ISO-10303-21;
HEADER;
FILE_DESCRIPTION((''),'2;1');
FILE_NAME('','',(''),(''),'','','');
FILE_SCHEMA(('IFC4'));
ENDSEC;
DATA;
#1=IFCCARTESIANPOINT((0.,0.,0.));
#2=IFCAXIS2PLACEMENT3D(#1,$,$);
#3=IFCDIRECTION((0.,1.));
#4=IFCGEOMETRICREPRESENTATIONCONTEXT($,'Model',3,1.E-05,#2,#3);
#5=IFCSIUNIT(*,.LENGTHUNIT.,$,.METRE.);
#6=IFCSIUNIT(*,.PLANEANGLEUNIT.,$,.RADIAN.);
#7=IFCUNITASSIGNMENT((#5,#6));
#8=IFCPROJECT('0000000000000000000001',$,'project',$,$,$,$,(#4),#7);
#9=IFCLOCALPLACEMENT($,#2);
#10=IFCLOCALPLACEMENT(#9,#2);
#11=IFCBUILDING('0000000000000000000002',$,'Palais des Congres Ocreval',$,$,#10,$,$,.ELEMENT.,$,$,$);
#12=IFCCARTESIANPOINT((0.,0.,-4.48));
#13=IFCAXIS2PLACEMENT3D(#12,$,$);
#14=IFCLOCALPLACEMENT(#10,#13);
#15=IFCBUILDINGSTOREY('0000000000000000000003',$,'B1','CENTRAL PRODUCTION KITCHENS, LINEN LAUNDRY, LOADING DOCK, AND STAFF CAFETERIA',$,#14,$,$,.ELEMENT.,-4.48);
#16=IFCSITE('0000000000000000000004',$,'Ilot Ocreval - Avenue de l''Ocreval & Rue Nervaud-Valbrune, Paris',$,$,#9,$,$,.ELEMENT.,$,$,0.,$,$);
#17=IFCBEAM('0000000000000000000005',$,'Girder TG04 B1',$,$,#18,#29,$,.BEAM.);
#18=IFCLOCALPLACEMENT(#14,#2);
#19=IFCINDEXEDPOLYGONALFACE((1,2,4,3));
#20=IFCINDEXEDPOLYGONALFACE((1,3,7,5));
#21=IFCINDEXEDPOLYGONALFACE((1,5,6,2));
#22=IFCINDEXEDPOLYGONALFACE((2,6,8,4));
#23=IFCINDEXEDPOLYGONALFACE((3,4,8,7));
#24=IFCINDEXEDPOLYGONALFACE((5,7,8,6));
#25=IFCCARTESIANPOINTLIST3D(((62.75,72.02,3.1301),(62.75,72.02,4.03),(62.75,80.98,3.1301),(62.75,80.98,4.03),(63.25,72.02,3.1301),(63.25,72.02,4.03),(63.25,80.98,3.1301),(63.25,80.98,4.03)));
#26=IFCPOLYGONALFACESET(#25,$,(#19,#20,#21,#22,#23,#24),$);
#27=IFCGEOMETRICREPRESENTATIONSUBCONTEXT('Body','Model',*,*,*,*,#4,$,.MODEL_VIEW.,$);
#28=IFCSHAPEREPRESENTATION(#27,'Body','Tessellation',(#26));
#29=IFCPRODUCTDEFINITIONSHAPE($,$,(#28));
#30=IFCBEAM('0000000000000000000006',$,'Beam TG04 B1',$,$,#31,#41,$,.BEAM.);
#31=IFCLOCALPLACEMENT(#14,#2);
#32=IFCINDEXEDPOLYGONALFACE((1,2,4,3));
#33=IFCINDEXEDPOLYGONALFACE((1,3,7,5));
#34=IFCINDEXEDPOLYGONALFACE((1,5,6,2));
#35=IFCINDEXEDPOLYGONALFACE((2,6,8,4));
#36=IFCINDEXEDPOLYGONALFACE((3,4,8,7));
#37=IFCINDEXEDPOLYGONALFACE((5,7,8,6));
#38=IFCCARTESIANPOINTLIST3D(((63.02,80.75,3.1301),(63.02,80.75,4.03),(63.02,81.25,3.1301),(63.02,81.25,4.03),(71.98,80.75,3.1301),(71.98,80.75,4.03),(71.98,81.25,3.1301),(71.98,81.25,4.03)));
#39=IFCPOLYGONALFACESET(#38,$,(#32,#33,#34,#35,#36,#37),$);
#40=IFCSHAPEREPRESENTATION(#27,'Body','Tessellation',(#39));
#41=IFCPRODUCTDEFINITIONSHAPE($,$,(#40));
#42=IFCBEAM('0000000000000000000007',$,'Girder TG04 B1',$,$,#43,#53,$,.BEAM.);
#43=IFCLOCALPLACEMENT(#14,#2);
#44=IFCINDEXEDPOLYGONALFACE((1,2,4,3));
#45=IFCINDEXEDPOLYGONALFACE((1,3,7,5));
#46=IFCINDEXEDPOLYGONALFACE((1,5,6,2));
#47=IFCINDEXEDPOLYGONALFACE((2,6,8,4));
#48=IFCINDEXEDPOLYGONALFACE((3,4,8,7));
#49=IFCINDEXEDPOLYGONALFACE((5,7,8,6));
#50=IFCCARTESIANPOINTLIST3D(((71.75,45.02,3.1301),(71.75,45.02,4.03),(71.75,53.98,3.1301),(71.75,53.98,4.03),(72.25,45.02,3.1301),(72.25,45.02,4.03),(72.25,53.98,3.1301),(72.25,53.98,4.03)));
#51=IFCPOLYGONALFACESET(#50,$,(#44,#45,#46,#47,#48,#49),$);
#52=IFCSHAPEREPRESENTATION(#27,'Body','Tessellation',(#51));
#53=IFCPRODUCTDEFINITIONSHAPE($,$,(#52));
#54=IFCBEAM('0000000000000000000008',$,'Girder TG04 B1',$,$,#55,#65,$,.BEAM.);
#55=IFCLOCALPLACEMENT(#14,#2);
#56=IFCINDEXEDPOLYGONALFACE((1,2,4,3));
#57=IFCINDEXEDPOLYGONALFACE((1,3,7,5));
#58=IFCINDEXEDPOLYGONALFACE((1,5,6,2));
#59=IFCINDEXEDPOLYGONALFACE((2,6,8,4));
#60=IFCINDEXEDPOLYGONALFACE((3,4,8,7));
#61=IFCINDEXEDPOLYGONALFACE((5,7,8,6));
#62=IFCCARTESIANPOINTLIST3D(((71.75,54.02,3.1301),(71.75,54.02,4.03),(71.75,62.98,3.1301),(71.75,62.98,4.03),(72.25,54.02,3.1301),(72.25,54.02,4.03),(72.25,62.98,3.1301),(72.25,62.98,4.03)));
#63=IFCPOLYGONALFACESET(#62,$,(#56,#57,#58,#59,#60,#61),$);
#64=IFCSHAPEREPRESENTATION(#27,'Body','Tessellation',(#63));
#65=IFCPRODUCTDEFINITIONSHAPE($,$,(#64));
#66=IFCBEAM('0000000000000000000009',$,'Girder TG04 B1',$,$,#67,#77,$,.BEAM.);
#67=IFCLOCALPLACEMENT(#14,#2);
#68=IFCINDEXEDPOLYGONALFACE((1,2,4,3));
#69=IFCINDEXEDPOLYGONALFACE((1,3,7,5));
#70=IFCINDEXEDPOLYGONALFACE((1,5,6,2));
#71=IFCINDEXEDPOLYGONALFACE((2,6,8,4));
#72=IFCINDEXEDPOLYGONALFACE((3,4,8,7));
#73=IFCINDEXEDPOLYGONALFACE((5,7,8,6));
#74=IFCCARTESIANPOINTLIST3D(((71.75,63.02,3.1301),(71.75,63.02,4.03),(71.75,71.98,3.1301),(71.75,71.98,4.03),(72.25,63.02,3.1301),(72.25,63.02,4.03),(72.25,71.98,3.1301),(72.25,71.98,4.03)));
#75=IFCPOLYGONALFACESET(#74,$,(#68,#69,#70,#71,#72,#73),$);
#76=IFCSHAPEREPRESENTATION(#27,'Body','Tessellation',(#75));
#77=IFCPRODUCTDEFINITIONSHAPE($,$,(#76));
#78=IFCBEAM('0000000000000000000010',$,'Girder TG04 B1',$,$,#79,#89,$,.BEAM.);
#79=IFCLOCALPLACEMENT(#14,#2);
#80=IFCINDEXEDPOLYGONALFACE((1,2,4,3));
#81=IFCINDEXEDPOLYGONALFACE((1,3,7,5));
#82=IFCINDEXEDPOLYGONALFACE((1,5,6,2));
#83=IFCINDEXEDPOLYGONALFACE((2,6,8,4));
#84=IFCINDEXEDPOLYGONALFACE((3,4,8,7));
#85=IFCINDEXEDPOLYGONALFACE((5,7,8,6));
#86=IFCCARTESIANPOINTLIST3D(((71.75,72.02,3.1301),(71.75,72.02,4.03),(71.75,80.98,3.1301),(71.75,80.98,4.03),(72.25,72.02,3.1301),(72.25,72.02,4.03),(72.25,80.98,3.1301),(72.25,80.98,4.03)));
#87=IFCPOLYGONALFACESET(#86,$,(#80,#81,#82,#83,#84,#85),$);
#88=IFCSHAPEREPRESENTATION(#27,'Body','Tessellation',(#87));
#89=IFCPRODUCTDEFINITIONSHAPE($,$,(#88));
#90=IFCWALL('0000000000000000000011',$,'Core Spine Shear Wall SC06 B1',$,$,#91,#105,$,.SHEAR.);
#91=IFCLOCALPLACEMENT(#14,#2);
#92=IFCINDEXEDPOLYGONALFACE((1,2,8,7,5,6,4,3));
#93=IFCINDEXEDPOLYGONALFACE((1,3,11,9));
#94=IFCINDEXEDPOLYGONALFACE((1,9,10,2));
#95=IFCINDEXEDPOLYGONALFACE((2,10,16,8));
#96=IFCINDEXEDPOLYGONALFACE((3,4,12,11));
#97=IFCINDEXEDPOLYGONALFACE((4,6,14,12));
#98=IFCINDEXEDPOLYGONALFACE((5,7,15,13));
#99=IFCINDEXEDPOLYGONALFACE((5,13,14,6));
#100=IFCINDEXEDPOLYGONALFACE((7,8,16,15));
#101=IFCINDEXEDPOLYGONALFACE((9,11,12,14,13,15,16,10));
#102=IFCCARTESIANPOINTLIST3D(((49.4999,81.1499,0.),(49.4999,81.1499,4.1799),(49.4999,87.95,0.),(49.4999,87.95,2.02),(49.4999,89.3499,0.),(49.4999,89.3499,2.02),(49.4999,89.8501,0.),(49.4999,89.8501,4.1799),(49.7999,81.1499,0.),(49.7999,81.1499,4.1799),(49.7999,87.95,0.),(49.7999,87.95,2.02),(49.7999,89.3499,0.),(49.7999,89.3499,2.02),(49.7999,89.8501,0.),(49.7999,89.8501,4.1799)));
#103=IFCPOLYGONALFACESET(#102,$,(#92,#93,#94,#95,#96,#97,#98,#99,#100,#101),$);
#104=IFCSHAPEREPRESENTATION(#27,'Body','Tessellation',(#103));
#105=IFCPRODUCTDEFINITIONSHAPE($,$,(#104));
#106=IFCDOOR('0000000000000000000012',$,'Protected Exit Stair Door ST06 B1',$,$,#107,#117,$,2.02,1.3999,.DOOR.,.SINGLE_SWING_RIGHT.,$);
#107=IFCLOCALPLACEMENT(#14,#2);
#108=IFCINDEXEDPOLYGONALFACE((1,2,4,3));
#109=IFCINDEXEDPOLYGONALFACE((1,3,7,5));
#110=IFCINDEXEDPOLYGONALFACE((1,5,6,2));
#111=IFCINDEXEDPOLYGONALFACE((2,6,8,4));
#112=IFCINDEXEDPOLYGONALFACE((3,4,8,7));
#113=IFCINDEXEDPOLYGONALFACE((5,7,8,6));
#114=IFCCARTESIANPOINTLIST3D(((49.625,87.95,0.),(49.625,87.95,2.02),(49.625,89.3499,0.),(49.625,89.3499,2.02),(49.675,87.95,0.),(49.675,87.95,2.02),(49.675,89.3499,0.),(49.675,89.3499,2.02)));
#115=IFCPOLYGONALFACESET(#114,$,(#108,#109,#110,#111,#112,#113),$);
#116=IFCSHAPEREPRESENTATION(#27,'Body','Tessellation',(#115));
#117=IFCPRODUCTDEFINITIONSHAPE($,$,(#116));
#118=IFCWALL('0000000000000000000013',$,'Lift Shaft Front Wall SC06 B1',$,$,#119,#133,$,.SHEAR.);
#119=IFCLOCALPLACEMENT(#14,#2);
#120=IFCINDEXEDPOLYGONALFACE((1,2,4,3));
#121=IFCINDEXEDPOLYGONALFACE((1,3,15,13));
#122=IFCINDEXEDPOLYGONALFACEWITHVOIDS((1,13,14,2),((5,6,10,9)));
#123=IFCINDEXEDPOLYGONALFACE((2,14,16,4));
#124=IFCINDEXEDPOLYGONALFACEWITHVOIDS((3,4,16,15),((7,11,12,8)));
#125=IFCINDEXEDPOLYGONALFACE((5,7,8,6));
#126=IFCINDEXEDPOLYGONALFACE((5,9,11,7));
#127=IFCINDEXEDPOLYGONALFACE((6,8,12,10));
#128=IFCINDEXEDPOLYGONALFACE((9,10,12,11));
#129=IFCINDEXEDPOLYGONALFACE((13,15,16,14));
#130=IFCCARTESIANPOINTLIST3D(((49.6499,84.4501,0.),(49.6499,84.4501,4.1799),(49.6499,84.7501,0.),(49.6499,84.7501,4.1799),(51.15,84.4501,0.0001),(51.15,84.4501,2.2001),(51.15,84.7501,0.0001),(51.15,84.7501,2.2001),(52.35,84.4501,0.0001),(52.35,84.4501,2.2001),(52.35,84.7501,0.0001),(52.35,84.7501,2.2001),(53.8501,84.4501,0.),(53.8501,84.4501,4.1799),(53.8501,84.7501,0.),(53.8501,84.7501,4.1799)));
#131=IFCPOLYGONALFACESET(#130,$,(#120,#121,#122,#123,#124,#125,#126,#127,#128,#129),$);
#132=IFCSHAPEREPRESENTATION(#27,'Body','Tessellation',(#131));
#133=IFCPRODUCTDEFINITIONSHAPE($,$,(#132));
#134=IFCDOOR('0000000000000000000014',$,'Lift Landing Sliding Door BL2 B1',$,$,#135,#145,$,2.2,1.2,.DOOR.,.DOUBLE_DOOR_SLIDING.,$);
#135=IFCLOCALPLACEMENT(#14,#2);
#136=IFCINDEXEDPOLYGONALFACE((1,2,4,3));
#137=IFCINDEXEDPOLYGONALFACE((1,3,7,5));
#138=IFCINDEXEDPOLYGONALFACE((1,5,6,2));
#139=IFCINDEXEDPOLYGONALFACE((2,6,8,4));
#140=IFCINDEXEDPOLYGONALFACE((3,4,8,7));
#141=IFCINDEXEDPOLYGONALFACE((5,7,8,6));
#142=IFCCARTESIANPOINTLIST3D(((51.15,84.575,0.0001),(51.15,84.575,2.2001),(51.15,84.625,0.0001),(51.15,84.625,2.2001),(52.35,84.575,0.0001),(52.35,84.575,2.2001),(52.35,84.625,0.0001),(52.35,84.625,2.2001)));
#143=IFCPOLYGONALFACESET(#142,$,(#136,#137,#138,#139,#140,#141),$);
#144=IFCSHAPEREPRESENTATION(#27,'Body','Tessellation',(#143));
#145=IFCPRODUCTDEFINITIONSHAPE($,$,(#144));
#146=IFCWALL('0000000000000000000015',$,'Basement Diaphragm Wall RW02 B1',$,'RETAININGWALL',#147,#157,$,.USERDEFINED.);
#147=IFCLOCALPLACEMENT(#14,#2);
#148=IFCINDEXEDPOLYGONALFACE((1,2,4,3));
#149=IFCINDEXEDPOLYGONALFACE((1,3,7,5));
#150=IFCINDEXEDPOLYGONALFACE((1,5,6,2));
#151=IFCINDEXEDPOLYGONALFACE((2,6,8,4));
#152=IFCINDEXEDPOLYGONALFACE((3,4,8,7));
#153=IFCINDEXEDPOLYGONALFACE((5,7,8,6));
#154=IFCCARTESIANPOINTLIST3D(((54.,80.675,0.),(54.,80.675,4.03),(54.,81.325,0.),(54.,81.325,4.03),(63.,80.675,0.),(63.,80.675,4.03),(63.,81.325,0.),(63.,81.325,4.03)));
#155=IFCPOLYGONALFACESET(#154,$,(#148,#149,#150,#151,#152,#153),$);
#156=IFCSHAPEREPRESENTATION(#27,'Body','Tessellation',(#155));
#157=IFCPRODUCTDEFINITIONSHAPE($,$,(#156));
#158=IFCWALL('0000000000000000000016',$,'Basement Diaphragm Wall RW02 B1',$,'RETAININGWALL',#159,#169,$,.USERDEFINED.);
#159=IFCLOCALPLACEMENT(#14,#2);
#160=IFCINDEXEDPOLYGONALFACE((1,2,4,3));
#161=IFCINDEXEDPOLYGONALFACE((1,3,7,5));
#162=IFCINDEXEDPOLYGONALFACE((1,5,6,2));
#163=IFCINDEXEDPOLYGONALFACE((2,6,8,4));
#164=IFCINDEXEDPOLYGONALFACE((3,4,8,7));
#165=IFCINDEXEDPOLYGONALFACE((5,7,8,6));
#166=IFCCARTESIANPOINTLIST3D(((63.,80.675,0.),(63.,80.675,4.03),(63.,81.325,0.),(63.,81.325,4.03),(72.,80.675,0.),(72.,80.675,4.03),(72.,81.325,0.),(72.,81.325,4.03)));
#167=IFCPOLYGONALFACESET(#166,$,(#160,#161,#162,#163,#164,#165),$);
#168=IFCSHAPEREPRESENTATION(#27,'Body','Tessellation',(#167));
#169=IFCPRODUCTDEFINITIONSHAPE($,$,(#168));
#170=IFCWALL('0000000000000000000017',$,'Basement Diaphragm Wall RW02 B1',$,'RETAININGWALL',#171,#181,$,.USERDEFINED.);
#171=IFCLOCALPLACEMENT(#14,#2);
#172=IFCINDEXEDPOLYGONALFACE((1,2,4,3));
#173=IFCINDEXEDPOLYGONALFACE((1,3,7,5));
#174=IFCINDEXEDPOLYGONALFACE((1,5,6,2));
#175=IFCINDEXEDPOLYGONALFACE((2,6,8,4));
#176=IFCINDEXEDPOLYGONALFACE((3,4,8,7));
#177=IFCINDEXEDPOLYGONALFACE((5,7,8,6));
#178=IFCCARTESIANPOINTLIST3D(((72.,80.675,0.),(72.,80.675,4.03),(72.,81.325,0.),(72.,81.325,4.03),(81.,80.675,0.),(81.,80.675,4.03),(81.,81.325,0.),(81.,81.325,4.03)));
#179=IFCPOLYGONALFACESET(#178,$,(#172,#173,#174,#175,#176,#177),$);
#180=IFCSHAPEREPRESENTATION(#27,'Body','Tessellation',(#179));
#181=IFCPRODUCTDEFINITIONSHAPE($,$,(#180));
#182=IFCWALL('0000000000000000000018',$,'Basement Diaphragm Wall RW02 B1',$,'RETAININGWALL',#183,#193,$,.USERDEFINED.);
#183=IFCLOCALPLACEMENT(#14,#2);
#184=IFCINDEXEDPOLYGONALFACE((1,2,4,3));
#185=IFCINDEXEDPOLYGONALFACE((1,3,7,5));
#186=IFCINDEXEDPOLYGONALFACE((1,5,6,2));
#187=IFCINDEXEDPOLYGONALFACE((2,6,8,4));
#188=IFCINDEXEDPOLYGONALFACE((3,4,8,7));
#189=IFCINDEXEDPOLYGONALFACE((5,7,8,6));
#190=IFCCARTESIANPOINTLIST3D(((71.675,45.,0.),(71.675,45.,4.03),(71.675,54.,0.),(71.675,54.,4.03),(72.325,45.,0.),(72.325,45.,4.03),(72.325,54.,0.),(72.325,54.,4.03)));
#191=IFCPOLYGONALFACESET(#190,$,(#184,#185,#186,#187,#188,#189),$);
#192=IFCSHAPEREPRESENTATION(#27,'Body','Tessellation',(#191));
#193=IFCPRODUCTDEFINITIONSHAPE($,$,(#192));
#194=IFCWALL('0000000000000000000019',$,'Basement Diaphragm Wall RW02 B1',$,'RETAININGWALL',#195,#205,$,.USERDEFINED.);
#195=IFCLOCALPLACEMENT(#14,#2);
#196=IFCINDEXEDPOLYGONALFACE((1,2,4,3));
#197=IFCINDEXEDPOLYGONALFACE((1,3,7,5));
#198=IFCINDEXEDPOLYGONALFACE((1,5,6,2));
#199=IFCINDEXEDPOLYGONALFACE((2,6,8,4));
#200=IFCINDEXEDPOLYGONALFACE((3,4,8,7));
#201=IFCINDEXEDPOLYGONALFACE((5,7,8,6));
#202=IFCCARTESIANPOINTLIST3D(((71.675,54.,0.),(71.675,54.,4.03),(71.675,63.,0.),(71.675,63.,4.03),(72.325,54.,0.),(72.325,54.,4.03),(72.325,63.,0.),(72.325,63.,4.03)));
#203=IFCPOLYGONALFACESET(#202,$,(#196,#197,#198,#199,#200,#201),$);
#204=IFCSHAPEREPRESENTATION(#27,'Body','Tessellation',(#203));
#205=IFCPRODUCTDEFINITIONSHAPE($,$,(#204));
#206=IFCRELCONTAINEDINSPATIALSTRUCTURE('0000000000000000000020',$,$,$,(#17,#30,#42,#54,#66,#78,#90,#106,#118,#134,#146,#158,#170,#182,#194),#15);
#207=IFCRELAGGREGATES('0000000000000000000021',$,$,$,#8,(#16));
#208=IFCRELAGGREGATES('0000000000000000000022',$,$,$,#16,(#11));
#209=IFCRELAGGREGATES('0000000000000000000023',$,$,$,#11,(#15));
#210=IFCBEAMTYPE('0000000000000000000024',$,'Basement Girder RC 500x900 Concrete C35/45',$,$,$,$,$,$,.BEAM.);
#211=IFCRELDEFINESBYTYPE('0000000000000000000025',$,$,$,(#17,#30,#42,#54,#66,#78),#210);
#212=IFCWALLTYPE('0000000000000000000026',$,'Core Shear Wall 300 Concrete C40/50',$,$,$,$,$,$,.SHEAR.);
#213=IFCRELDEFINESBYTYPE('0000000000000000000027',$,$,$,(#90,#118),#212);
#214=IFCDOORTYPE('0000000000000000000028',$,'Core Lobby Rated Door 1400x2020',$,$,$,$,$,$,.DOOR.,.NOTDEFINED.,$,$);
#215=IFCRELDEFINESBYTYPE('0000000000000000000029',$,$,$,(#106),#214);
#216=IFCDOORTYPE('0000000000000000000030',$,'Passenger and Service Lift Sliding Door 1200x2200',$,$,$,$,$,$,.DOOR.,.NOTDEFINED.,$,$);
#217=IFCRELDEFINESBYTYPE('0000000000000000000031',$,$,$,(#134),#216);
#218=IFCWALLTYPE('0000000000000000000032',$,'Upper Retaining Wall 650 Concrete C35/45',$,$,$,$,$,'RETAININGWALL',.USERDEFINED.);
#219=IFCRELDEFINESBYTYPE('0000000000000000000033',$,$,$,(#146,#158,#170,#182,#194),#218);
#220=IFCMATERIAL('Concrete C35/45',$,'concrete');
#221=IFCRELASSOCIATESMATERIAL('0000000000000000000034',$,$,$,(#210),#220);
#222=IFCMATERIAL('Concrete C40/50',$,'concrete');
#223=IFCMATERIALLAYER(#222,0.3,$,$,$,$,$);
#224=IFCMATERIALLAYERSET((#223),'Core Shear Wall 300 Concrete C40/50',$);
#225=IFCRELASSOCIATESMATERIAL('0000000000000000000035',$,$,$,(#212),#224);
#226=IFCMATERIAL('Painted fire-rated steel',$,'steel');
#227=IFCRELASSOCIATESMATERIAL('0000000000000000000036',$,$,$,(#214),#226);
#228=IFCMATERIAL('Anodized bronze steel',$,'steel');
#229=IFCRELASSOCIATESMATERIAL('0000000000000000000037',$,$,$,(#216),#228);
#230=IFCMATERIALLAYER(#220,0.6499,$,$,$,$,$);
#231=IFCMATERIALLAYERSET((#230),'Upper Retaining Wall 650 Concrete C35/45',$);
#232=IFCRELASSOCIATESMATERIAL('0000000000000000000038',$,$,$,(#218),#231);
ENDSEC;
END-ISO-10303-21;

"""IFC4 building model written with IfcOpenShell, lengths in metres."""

from ifc_helpers import new_model, si_unit, direction, frame, frame_2d, origin, origin_2d, place, context, subcontext, project, spatial, rectangle, extrude, material, layer, layer_set, material_profile, profile_set, type_object, element, fill, save


model = new_model("IFC4")

# Units and contexts
model_context = context("Model", 3, precision=1e-05, world=origin(), true_north=direction((0.0, 1.0)))
body_context = subcontext(model_context, "Body", "Model", "MODEL_VIEW")
ifc_project = project(units=[si_unit("LENGTHUNIT", "METRE"), si_unit("PLANEANGLEUNIT", "RADIAN")], contexts=[model_context])

# Site, building, storey
site_placement = place(None, origin())
site = spatial("IfcSite", under=ifc_project, at=site_placement, Name="Ilot Ocreval - Avenue de l'Ocreval & Rue Nervaud-Valbrune, Paris", CompositionType="ELEMENT", RefElevation=0.0)
building_placement = place(site_placement, origin())
building = spatial("IfcBuilding", under=site, at=building_placement, Name="Palais des Congres Ocreval", CompositionType="ELEMENT")
storey_placement = place(building_placement, frame((0.0, 0.0, -4.48)))
storey = spatial("IfcBuildingStorey", under=building, at=storey_placement, Name="B1", Description="CENTRAL PRODUCTION KITCHENS, LINEN LAUNDRY, LOADING DOCK, AND STAFF CAFETERIA", CompositionType="ELEMENT", Elevation=-4.48)

# Beams
ifc_material_1 = material(Name="Concrete C35/45", Category="concrete")
ifc_material_profile_1 = material_profile(ifc_material_1, rectangle(XDim=0.5, YDim=0.8999, at=origin_2d()), Name="RC 500x900")
ifc_profile_set_1 = profile_set([ifc_material_profile_1], Name="Concrete C35/45")
beam_type = type_object("IfcBeamType", Name="Basement Girder RC 500x900 Concrete C35/45", PredefinedType="BEAM", material=ifc_profile_set_1)
for number, where, z_axis, x_axis, name in (
    (1, (63.0, 72.02, 3.5801), (0.0, 1.0, 0.0), (-1.0, 0.0, 0.0), "Girder TG04 B1"),
    (2, (63.02, 81.0, 3.5801), (1.0, 0.0, 0.0), (0.0, 1.0, 0.0), "Beam TG04 B1"),
    (3, (72.0, 45.02, 3.5801), (0.0, 1.0, 0.0), (-1.0, 0.0, 0.0), "Girder TG04 B1"),
    (4, (72.0, 54.02, 3.5801), (0.0, 1.0, 0.0), (-1.0, 0.0, 0.0), "Girder TG04 B1"),
    (5, (72.0, 63.02, 3.5801), (0.0, 1.0, 0.0), (-1.0, 0.0, 0.0), "Girder TG04 B1"),
    (6, (72.0, 72.02, 3.5801), (0.0, 1.0, 0.0), (-1.0, 0.0, 0.0), "Girder TG04 B1"),
):
    element("IfcBeam", number, at=place(storey_placement, frame(where, z_axis=z_axis, x_axis=x_axis)), inside=storey, type_object=beam_type, Name=name, PredefinedType="BEAM", context=body_context, shape_type="SweptSolid", body=[
        extrude(rectangle(XDim=0.5, YDim=0.8999, at=origin_2d()), origin(), (0.0, 0.0, 1.0), 8.96),
    ])

# Walls, openings, doors
ifc_material_2 = material(Name="Concrete C40/50", Category="concrete")
ifc_layer_1 = layer(ifc_material_2, 0.3)
ifc_layer_set_1 = layer_set([ifc_layer_1], Name="Core Shear Wall 300 Concrete C40/50")
wall_type_1 = type_object("IfcWallType", Name="Core Shear Wall 300 Concrete C40/50", PredefinedType="SHEAR", material=ifc_layer_set_1)
wall_1_placement = place(storey_placement, frame((49.6499, 81.1499, 0.0), z_axis=(0.0, 0.0, 1.0), x_axis=(0.0, 1.0, 0.0)))
wall_1 = element("IfcWall", 7, at=wall_1_placement, inside=storey, type_object=wall_type_1, Name="Core Spine Shear Wall SC06 B1", PredefinedType="SHEAR", context=body_context, shape_type="SweptSolid", body=[
    extrude(rectangle(XDim=8.7002, YDim=0.3, at=frame_2d((4.3501, 0.0))), origin(), (0.0, 0.0, 1.0), 4.1799),
])
opening_1_placement = place(wall_1_placement, frame((6.8, 0.0, 0.0)))
opening_1 = element("IfcOpeningElement", 8, at=opening_1_placement, cuts=wall_1, PredefinedType="OPENING", context=body_context, shape_type="SweptSolid", body=[
    extrude(rectangle(XDim=1.3999, YDim=2.02, at=frame_2d((0.7, 1.01))), frame((0.0, 0.1599, 0.0), z_axis=(0.0, -1.0, 0.0), x_axis=(1.0, 0.0, 0.0)), (0.0, 0.0, 1.0), 0.3201),
])
ifc_material_3 = material(Name="Painted fire-rated steel", Category="steel")
door_type_1 = type_object("IfcDoorType", Name="Core Lobby Rated Door 1400x2020", OperationType="NOTDEFINED", PredefinedType="DOOR", material=ifc_material_3)
door_1_placement = place(opening_1_placement, origin())
door_1 = element("IfcDoor", 9, at=door_1_placement, inside=storey, type_object=door_type_1, Name="Protected Exit Stair Door ST06 B1", OperationType="SINGLE_SWING_RIGHT", OverallHeight=2.02, OverallWidth=1.3999, PredefinedType="DOOR", context=body_context, shape_type="SweptSolid", body=[
    extrude(rectangle(XDim=1.3999, YDim=2.02, at=frame_2d((0.7, 1.01))), frame((0.0, 0.0249, 0.0), z_axis=(0.0, -1.0, 0.0), x_axis=(1.0, 0.0, 0.0)), (0.0, 0.0, 1.0), 0.05),
])
fill(opening_1, door_1)
wall_2_placement = place(storey_placement, frame((49.6499, 84.6001, 0.0), z_axis=(0.0, 0.0, 1.0), x_axis=(1.0, 0.0, 0.0)))
wall_2 = element("IfcWall", 10, at=wall_2_placement, inside=storey, type_object=wall_type_1, Name="Lift Shaft Front Wall SC06 B1", PredefinedType="SHEAR", context=body_context, shape_type="SweptSolid", body=[
    extrude(rectangle(XDim=4.2002, YDim=0.3, at=frame_2d((2.1001, 0.0))), origin(), (0.0, 0.0, 1.0), 4.1799),
])
opening_2_placement = place(wall_2_placement, frame((1.5, 0.0, 0.0)))
opening_2 = element("IfcOpeningElement", 11, at=opening_2_placement, cuts=wall_2, PredefinedType="OPENING", context=body_context, shape_type="SweptSolid", body=[
    extrude(rectangle(XDim=1.2, YDim=2.2, at=frame_2d((0.6001, 1.1001))), frame((0.0, 0.1599, 0.0), z_axis=(0.0, -1.0, 0.0), x_axis=(1.0, 0.0, 0.0)), (0.0, 0.0, 1.0), 0.3201),
])
ifc_material_4 = material(Name="Anodized bronze steel", Category="steel")
door_type_2 = type_object("IfcDoorType", Name="Passenger and Service Lift Sliding Door 1200x2200", OperationType="NOTDEFINED", PredefinedType="DOOR", material=ifc_material_4)
door_2_placement = place(opening_2_placement, origin())
door_2 = element("IfcDoor", 12, at=door_2_placement, inside=storey, type_object=door_type_2, Name="Lift Landing Sliding Door BL2 B1", OperationType="DOUBLE_DOOR_SLIDING", OverallHeight=2.2, OverallWidth=1.2, PredefinedType="DOOR", context=body_context, shape_type="SweptSolid", body=[
    extrude(rectangle(XDim=1.2, YDim=2.2, at=frame_2d((0.6001, 1.1001))), frame((0.0, 0.0249, 0.0), z_axis=(0.0, -1.0, 0.0), x_axis=(1.0, 0.0, 0.0)), (0.0, 0.0, 1.0), 0.05),
])
fill(opening_2, door_2)

# Walls
ifc_layer_2 = layer(ifc_material_1, 0.6499)
ifc_layer_set_2 = layer_set([ifc_layer_2], Name="Upper Retaining Wall 650 Concrete C35/45")
wall_type_2 = type_object("IfcWallType", Name="Upper Retaining Wall 650 Concrete C35/45", ElementType="RETAININGWALL", PredefinedType="USERDEFINED", material=ifc_layer_set_2)
for number, where, z_axis, x_axis, name in (
    (13, (54.0, 81.0, 0.0), (0.0, 0.0, 1.0), (1.0, 0.0, 0.0), "Basement Diaphragm Wall RW02 B1"),
    (14, (63.0, 81.0, 0.0), (0.0, 0.0, 1.0), (1.0, 0.0, 0.0), "Basement Diaphragm Wall RW02 B1"),
    (15, (72.0, 81.0, 0.0), (0.0, 0.0, 1.0), (1.0, 0.0, 0.0), "Basement Diaphragm Wall RW02 B1"),
    (16, (72.0, 45.0, 0.0), (0.0, 0.0, 1.0), (0.0, 1.0, 0.0), "Basement Diaphragm Wall RW02 B1"),
    (17, (72.0, 54.0, 0.0), (0.0, 0.0, 1.0), (0.0, 1.0, 0.0), "Basement Diaphragm Wall RW02 B1"),
):
    element("IfcWall", number, at=place(storey_placement, frame(where, z_axis=z_axis, x_axis=x_axis)), inside=storey, type_object=wall_type_2, Name=name, ObjectType="RETAININGWALL", PredefinedType="USERDEFINED", context=body_context, shape_type="SweptSolid", body=[
        extrude(rectangle(XDim=9.0, YDim=0.6499, at=frame_2d((4.5, 0.0))), origin(), (0.0, 0.0, 1.0), 4.03),
    ])

save(model, "model.ifc")
